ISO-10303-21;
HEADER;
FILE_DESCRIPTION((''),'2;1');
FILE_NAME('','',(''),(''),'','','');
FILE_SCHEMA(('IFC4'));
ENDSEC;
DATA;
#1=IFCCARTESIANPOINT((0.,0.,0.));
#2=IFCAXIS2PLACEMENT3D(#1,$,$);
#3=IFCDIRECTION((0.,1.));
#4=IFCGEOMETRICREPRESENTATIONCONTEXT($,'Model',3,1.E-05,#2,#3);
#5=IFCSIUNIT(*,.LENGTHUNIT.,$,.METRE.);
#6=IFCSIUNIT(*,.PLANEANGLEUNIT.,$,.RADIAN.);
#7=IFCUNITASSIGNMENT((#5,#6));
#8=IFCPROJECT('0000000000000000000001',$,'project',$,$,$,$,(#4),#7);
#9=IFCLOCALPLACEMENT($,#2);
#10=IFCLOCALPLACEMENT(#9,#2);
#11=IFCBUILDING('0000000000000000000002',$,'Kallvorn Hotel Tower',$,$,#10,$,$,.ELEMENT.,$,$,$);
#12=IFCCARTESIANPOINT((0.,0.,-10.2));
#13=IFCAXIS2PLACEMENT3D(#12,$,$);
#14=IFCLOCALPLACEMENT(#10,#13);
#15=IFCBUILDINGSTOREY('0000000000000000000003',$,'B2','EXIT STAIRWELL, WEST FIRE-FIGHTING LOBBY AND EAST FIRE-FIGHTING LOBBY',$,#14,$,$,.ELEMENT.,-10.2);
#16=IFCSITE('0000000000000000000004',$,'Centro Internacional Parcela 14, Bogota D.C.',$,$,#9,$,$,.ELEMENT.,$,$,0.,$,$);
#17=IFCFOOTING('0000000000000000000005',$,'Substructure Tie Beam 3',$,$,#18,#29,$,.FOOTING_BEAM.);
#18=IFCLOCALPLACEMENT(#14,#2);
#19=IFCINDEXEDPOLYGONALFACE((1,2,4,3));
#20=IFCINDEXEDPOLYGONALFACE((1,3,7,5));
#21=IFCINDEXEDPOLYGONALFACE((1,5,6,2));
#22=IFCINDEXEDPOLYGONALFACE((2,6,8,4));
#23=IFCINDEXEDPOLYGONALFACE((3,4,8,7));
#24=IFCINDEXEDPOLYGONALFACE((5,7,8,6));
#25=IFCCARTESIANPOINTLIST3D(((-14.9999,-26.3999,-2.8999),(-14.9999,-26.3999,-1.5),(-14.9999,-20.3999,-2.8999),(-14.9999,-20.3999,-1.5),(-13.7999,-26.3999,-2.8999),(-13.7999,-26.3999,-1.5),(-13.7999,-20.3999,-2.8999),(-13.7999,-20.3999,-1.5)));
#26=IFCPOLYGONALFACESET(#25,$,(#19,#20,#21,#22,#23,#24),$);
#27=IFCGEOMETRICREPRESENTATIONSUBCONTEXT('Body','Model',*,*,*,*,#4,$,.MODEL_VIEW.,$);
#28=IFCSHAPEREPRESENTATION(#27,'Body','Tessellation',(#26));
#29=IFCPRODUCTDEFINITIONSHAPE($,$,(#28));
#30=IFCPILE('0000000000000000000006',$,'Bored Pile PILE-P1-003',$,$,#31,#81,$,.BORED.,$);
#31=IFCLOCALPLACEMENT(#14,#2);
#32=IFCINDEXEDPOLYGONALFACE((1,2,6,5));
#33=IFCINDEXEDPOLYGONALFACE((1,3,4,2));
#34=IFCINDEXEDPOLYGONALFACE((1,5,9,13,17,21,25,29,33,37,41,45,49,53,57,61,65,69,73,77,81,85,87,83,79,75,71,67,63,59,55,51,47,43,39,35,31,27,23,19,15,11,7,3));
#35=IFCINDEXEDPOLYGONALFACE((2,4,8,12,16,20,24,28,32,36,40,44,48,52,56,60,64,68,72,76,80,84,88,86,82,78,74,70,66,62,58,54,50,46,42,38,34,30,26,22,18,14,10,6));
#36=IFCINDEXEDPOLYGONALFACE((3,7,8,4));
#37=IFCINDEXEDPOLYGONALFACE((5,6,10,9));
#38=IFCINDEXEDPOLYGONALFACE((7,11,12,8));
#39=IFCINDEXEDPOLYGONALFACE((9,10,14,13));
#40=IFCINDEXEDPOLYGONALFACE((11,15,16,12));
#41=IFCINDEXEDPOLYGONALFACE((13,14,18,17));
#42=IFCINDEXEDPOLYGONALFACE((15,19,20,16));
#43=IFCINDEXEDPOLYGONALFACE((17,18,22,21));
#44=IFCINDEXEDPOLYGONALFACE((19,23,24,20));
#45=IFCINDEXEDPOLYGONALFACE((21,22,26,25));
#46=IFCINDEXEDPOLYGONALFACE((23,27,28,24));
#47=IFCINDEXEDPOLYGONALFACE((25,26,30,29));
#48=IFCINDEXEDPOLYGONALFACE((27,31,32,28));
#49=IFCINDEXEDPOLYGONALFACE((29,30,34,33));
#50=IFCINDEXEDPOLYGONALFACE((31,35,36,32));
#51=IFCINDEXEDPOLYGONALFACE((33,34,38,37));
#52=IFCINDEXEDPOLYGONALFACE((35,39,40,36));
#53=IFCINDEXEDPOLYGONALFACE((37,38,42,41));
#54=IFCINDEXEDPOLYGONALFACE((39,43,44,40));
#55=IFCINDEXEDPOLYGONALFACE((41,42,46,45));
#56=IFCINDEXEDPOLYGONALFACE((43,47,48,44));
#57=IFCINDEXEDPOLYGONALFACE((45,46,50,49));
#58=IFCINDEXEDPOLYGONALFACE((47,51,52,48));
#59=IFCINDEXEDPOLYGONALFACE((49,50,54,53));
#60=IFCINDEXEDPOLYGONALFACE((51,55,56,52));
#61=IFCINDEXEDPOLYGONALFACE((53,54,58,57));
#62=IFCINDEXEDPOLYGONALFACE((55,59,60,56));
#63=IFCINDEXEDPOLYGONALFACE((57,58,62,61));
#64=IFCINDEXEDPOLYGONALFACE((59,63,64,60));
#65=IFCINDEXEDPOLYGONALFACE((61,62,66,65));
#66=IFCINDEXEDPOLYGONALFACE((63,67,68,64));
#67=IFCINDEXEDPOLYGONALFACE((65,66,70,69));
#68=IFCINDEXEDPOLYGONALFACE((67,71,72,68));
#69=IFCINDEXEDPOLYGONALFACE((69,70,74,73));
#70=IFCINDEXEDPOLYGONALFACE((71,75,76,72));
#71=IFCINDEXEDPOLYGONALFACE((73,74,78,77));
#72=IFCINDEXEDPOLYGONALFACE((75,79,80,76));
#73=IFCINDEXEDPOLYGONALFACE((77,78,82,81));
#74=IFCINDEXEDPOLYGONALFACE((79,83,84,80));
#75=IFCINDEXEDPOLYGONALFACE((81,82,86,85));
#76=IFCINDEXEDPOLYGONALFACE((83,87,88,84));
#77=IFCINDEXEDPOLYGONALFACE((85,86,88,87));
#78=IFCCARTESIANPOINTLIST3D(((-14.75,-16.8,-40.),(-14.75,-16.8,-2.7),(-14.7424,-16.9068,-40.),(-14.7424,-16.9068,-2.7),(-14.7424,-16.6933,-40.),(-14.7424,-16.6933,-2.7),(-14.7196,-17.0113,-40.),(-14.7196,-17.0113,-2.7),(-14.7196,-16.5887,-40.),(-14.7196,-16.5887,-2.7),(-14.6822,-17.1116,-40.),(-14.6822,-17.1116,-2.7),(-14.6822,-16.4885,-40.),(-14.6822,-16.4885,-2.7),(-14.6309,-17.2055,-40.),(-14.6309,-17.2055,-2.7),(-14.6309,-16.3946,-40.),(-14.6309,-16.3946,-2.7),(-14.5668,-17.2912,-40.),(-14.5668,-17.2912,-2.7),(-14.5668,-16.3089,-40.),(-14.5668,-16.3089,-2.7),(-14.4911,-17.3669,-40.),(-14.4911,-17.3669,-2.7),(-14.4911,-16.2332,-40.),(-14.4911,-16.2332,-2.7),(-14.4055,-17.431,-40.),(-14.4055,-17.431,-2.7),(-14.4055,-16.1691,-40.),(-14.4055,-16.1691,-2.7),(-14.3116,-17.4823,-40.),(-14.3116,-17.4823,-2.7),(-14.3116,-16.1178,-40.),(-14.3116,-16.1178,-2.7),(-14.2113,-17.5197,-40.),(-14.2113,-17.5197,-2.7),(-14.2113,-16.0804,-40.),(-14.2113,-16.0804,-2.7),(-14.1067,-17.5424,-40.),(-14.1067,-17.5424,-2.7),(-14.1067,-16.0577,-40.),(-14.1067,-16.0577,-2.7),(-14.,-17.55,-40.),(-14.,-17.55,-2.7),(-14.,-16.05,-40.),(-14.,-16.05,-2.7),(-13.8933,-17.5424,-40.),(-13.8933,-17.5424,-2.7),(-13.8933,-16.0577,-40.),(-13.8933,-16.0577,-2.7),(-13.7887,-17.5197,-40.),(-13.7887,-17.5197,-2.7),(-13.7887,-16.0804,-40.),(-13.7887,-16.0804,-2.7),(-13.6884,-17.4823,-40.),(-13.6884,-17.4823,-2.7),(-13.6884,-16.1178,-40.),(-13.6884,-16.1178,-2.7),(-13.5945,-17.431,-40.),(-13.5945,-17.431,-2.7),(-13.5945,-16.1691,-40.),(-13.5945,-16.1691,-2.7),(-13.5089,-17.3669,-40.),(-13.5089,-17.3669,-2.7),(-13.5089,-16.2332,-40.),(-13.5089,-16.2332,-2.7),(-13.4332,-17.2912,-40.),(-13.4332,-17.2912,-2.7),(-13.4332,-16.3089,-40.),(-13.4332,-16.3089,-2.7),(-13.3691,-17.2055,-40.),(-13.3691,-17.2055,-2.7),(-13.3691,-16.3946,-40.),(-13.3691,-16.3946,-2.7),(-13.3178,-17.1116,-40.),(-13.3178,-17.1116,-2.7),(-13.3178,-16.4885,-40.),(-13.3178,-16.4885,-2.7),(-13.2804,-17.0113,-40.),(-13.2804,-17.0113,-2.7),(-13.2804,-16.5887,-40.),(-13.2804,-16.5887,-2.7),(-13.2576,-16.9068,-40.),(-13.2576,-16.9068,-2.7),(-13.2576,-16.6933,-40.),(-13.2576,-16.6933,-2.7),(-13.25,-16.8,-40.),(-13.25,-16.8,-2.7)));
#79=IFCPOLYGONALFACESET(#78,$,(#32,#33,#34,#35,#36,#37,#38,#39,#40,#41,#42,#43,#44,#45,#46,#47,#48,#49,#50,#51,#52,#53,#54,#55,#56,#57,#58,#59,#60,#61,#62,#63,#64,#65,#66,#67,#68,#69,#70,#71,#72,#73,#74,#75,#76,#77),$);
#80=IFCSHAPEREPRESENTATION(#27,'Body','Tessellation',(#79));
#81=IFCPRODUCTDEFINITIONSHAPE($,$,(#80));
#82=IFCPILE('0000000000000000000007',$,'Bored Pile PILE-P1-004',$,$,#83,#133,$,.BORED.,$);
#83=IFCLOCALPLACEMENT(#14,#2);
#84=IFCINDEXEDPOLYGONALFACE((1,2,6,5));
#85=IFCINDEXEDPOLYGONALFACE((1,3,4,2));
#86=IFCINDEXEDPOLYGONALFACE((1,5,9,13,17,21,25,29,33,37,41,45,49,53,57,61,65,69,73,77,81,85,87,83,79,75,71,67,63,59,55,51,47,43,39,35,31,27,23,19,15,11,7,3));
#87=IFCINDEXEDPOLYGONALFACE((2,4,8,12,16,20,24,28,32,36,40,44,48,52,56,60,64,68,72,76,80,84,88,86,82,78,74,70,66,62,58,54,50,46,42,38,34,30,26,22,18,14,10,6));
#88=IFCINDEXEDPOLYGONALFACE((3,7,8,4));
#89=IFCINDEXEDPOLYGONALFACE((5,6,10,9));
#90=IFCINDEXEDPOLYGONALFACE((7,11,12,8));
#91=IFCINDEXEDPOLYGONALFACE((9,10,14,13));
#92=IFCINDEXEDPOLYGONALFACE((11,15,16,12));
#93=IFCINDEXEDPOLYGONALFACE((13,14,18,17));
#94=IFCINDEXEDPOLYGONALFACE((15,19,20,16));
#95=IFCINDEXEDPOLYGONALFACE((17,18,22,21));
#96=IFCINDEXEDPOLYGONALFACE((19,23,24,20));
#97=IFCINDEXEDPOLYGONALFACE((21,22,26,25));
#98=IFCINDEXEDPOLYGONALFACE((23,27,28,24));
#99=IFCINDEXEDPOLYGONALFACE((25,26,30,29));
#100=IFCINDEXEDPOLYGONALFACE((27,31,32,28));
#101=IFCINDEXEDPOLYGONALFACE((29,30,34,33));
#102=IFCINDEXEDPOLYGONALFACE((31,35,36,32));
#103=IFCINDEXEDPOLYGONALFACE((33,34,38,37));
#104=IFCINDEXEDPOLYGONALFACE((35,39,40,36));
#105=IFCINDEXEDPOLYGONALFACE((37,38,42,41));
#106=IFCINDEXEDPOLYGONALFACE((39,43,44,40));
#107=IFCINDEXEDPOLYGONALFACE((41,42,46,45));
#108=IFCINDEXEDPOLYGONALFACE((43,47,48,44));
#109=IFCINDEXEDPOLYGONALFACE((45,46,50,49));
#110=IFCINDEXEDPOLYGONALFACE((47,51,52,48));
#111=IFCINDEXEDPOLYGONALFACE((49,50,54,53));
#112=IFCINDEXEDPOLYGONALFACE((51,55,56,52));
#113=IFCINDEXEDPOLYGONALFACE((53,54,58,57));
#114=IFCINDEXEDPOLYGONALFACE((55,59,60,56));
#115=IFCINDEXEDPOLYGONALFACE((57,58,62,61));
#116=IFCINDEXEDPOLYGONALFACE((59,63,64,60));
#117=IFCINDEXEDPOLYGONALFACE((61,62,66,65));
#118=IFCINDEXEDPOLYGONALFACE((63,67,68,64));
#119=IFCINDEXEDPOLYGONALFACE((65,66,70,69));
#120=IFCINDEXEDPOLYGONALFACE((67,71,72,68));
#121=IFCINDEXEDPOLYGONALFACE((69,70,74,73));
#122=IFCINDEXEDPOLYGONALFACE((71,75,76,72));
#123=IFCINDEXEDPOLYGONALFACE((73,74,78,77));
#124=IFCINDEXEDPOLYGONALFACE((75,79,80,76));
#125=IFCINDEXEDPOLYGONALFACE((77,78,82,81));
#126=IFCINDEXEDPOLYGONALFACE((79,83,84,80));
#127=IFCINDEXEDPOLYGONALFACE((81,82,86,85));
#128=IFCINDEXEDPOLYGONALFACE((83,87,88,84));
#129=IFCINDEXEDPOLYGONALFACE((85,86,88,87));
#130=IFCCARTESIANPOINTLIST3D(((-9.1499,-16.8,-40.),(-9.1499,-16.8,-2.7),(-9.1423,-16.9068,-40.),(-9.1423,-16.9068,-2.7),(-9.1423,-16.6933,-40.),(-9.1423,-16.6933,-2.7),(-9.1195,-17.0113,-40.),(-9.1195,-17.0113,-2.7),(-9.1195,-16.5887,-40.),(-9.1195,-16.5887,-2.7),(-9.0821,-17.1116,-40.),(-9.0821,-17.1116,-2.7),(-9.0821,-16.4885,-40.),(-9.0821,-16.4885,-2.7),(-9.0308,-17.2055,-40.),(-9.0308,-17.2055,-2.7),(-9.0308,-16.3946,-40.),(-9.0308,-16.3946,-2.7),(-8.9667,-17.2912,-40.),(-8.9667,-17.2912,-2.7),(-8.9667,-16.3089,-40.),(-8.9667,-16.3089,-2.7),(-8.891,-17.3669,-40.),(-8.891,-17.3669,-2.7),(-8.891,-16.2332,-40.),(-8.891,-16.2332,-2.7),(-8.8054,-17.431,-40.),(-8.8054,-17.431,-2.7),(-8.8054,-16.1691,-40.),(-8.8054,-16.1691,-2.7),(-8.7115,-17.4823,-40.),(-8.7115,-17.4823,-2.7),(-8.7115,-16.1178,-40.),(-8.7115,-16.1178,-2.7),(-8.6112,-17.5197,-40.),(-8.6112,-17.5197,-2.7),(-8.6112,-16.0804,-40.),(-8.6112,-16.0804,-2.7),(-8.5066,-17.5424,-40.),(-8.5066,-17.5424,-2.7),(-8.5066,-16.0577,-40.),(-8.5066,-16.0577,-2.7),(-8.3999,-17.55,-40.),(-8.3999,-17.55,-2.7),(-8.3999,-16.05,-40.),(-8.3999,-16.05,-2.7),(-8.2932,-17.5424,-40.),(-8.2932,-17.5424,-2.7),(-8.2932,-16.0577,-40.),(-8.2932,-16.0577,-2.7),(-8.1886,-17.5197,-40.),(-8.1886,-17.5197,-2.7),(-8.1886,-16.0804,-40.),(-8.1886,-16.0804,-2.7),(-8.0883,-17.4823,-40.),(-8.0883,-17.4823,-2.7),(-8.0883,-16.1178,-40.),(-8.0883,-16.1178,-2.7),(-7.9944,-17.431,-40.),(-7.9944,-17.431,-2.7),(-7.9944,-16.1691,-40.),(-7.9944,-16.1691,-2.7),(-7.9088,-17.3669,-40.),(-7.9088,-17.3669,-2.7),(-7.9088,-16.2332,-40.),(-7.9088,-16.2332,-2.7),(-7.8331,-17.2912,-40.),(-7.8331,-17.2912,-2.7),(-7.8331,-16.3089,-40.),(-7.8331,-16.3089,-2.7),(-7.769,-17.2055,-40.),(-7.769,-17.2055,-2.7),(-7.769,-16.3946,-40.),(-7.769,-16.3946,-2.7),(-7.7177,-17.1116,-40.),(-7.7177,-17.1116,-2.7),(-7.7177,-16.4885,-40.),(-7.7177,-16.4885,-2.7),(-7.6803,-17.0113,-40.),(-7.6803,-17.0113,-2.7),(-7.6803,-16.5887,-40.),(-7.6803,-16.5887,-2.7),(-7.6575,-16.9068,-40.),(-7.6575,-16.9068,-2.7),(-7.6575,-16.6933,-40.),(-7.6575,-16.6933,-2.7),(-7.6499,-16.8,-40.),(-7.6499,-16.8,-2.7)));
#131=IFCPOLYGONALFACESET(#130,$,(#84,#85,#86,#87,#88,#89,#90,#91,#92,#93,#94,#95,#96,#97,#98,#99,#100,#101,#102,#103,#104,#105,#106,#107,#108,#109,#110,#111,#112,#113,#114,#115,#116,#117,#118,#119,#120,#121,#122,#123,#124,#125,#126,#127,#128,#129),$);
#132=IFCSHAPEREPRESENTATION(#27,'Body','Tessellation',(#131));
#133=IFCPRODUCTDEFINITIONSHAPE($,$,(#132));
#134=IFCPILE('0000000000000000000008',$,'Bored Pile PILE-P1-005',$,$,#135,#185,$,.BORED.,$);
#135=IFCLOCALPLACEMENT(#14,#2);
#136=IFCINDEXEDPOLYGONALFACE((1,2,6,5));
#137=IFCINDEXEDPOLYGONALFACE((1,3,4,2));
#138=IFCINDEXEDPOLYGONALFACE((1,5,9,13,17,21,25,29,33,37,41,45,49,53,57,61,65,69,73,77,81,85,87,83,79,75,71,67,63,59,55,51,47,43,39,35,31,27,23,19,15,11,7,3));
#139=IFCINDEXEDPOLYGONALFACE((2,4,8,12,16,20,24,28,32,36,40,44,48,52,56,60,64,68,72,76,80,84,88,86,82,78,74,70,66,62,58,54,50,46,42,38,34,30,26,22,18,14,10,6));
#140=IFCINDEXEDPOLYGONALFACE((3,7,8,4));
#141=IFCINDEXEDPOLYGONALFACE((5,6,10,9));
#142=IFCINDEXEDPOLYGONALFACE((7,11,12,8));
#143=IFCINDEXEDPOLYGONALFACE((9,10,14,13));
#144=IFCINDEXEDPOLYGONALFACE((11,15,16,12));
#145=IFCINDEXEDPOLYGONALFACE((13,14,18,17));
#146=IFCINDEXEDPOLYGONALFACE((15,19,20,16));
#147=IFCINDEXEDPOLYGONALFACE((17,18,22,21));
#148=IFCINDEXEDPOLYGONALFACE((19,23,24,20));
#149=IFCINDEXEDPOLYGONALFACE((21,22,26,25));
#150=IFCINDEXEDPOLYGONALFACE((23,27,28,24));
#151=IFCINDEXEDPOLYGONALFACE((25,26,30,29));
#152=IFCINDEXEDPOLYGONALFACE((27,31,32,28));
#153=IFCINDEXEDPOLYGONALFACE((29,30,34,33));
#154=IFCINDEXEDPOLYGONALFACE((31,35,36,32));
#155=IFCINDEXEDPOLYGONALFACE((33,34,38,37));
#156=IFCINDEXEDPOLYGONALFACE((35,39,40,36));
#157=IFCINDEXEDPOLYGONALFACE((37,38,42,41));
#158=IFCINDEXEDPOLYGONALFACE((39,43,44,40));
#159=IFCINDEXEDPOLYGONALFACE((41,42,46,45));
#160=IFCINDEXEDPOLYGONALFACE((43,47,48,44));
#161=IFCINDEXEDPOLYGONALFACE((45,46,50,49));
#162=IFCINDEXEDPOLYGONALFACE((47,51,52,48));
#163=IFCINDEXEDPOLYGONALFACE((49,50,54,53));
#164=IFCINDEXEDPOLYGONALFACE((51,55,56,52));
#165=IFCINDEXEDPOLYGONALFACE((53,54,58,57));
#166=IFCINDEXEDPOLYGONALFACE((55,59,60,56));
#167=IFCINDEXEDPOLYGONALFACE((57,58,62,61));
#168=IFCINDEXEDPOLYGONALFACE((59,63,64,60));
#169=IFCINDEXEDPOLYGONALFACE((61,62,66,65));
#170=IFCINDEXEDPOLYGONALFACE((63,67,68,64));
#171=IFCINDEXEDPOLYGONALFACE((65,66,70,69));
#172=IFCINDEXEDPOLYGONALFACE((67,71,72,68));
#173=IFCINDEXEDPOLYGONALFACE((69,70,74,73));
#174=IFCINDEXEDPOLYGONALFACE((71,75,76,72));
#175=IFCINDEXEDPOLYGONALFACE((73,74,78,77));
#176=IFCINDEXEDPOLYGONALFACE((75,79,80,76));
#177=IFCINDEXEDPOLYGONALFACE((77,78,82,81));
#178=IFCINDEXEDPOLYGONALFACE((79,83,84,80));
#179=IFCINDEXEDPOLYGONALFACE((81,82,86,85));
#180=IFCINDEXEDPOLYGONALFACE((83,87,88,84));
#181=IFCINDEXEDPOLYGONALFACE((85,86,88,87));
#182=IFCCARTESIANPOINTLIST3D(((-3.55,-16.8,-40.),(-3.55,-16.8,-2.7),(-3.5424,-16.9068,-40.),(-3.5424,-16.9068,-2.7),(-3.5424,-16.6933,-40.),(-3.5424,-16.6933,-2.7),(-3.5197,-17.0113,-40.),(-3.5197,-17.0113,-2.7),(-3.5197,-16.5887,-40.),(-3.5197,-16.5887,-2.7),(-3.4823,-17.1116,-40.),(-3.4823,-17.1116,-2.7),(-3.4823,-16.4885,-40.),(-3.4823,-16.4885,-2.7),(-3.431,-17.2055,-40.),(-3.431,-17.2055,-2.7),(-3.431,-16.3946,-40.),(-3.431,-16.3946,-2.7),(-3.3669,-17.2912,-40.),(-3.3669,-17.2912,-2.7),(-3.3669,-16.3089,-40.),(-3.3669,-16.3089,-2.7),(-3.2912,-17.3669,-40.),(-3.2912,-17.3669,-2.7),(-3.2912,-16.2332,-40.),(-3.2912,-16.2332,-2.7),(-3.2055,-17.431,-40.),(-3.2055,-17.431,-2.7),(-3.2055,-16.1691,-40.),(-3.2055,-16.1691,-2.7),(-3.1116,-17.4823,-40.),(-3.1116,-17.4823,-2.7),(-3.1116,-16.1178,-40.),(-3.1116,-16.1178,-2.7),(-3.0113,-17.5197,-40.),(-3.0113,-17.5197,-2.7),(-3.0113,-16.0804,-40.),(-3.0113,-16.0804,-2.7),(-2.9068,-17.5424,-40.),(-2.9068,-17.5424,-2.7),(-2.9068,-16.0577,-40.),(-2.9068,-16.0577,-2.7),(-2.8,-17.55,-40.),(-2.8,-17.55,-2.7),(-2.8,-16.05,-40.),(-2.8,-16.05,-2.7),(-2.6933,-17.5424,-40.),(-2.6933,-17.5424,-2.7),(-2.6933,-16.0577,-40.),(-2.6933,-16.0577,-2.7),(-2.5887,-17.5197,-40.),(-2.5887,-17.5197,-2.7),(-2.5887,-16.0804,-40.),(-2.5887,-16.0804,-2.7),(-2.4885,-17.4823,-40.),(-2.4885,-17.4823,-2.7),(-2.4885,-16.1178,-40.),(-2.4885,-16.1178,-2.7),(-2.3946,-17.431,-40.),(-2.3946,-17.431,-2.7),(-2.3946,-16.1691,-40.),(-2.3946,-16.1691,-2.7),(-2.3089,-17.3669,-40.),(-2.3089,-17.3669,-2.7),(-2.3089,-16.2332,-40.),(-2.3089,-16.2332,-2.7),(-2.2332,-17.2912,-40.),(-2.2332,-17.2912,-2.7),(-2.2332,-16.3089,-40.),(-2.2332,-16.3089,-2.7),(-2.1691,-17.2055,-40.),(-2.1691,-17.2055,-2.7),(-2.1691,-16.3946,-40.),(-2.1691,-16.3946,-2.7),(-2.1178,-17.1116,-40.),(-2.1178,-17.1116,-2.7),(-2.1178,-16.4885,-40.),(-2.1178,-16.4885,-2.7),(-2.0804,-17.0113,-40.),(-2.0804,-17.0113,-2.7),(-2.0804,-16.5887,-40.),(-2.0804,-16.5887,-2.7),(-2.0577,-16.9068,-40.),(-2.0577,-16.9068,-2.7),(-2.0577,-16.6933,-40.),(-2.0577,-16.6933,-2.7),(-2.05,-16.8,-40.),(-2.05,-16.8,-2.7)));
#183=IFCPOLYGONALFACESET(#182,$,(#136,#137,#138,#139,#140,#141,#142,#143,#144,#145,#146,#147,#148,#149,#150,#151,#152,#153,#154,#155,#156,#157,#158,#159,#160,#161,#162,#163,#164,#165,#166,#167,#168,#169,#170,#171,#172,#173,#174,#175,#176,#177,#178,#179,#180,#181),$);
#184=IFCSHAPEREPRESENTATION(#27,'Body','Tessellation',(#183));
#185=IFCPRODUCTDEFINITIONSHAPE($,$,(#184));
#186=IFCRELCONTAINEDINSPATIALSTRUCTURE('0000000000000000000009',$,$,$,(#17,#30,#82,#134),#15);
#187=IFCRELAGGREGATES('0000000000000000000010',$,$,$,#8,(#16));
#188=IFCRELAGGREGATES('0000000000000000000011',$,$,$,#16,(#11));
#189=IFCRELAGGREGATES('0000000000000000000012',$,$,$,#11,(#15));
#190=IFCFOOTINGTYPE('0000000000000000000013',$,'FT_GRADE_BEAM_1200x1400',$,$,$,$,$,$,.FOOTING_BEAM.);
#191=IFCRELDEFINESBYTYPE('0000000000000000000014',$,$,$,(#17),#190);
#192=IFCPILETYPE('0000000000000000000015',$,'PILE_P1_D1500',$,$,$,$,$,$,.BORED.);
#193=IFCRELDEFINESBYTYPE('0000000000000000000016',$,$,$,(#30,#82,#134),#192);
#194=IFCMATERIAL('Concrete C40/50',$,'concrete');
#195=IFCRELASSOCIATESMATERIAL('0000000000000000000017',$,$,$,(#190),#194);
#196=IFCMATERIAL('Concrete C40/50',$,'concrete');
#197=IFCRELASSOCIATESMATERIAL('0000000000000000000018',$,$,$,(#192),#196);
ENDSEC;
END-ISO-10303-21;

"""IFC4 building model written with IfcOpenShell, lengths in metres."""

from ifc_helpers import new_model, si_unit, direction, frame, origin, origin_2d, place, context, subcontext, project, spatial, rectangle, circle, extrude, material, material_profile, profile_set, type_object, element, save


model = new_model("IFC4")

# Units and contexts
model_context = context("Model", 3, precision=1e-05, world=origin(), true_north=direction((0.0, 1.0)))
body_context = subcontext(model_context, "Body", "Model", "MODEL_VIEW")
ifc_project = project(units=[si_unit("LENGTHUNIT", "METRE"), si_unit("PLANEANGLEUNIT", "RADIAN")], contexts=[model_context])

# Site, building, storey
site_placement = place(None, origin())
site = spatial("IfcSite", under=ifc_project, at=site_placement, Name="Centro Internacional Parcela 14, Bogota D.C.", CompositionType="ELEMENT", RefElevation=0.0)
building_placement = place(site_placement, origin())
building = spatial("IfcBuilding", under=site, at=building_placement, Name="Kallvorn Hotel Tower", CompositionType="ELEMENT")
storey_placement = place(building_placement, frame((0.0, 0.0, -10.2)))
storey = spatial("IfcBuildingStorey", under=building, at=storey_placement, Name="B2", Description="EXIT STAIRWELL, WEST FIRE-FIGHTING LOBBY AND EAST FIRE-FIGHTING LOBBY", CompositionType="ELEMENT", Elevation=-10.2)

# Footing
ifc_material_1 = material(Name="Concrete C40/50", Category="concrete")
ifc_material_profile_1 = material_profile(ifc_material_1, rectangle(XDim=1.2, YDim=1.3999, at=origin_2d()), Name="RC 1200x1400")
ifc_profile_set_1 = profile_set([ifc_material_profile_1], Name="Concrete C40/50")
footing_type = type_object("IfcFootingType", Name="FT_GRADE_BEAM_1200x1400", PredefinedType="FOOTING_BEAM", material=ifc_profile_set_1)
footing_placement = place(storey_placement, frame((-14.3999, -26.3999, -2.2), z_axis=(0.0, 1.0, 0.0), x_axis=(-1.0, 0.0, 0.0)))
element("IfcFooting", 1, at=footing_placement, inside=storey, type_object=footing_type, Name="Substructure Tie Beam 3", PredefinedType="FOOTING_BEAM", context=body_context, shape_type="SweptSolid", body=[
    extrude(rectangle(XDim=1.2, YDim=1.3999, at=origin_2d()), origin(), (0.0, 0.0, 1.0), 6.0),
])

# Piles
ifc_material_2 = material(Name="Concrete C40/50", Category="concrete")
ifc_material_profile_2 = material_profile(ifc_material_2, circle(Radius=0.75, at=origin_2d()), Name="PILE D1500")
ifc_profile_set_2 = profile_set([ifc_material_profile_2], Name="Concrete C40/50")
pile_type_1 = type_object("IfcPileType", Name="PILE_P1_D1500", PredefinedType="BORED", material=ifc_profile_set_2)
for number, where, z_axis, x_axis, name in (
    (2, (-14.0, -16.8, -2.7), (0.0, 0.0, -1.0), (1.0, 0.0, 0.0), "Bored Pile PILE-P1-003"),
    (3, (-8.3999, -16.8, -2.7), (0.0, 0.0, -1.0), (1.0, 0.0, 0.0), "Bored Pile PILE-P1-004"),
    (4, (-2.8, -16.8, -2.7), (0.0, 0.0, -1.0), (1.0, 0.0, 0.0), "Bored Pile PILE-P1-005"),
):
    element("IfcPile", number, at=place(storey_placement, frame(where, z_axis=z_axis, x_axis=x_axis)), inside=storey, type_object=pile_type_1, Name=name, PredefinedType="BORED", context=body_context, shape_type="SweptSolid", body=[
        extrude(circle(Radius=0.75, at=origin_2d()), origin(), (0.0, 0.0, 1.0), 37.3),
    ])

save(model, "model.ifc")
